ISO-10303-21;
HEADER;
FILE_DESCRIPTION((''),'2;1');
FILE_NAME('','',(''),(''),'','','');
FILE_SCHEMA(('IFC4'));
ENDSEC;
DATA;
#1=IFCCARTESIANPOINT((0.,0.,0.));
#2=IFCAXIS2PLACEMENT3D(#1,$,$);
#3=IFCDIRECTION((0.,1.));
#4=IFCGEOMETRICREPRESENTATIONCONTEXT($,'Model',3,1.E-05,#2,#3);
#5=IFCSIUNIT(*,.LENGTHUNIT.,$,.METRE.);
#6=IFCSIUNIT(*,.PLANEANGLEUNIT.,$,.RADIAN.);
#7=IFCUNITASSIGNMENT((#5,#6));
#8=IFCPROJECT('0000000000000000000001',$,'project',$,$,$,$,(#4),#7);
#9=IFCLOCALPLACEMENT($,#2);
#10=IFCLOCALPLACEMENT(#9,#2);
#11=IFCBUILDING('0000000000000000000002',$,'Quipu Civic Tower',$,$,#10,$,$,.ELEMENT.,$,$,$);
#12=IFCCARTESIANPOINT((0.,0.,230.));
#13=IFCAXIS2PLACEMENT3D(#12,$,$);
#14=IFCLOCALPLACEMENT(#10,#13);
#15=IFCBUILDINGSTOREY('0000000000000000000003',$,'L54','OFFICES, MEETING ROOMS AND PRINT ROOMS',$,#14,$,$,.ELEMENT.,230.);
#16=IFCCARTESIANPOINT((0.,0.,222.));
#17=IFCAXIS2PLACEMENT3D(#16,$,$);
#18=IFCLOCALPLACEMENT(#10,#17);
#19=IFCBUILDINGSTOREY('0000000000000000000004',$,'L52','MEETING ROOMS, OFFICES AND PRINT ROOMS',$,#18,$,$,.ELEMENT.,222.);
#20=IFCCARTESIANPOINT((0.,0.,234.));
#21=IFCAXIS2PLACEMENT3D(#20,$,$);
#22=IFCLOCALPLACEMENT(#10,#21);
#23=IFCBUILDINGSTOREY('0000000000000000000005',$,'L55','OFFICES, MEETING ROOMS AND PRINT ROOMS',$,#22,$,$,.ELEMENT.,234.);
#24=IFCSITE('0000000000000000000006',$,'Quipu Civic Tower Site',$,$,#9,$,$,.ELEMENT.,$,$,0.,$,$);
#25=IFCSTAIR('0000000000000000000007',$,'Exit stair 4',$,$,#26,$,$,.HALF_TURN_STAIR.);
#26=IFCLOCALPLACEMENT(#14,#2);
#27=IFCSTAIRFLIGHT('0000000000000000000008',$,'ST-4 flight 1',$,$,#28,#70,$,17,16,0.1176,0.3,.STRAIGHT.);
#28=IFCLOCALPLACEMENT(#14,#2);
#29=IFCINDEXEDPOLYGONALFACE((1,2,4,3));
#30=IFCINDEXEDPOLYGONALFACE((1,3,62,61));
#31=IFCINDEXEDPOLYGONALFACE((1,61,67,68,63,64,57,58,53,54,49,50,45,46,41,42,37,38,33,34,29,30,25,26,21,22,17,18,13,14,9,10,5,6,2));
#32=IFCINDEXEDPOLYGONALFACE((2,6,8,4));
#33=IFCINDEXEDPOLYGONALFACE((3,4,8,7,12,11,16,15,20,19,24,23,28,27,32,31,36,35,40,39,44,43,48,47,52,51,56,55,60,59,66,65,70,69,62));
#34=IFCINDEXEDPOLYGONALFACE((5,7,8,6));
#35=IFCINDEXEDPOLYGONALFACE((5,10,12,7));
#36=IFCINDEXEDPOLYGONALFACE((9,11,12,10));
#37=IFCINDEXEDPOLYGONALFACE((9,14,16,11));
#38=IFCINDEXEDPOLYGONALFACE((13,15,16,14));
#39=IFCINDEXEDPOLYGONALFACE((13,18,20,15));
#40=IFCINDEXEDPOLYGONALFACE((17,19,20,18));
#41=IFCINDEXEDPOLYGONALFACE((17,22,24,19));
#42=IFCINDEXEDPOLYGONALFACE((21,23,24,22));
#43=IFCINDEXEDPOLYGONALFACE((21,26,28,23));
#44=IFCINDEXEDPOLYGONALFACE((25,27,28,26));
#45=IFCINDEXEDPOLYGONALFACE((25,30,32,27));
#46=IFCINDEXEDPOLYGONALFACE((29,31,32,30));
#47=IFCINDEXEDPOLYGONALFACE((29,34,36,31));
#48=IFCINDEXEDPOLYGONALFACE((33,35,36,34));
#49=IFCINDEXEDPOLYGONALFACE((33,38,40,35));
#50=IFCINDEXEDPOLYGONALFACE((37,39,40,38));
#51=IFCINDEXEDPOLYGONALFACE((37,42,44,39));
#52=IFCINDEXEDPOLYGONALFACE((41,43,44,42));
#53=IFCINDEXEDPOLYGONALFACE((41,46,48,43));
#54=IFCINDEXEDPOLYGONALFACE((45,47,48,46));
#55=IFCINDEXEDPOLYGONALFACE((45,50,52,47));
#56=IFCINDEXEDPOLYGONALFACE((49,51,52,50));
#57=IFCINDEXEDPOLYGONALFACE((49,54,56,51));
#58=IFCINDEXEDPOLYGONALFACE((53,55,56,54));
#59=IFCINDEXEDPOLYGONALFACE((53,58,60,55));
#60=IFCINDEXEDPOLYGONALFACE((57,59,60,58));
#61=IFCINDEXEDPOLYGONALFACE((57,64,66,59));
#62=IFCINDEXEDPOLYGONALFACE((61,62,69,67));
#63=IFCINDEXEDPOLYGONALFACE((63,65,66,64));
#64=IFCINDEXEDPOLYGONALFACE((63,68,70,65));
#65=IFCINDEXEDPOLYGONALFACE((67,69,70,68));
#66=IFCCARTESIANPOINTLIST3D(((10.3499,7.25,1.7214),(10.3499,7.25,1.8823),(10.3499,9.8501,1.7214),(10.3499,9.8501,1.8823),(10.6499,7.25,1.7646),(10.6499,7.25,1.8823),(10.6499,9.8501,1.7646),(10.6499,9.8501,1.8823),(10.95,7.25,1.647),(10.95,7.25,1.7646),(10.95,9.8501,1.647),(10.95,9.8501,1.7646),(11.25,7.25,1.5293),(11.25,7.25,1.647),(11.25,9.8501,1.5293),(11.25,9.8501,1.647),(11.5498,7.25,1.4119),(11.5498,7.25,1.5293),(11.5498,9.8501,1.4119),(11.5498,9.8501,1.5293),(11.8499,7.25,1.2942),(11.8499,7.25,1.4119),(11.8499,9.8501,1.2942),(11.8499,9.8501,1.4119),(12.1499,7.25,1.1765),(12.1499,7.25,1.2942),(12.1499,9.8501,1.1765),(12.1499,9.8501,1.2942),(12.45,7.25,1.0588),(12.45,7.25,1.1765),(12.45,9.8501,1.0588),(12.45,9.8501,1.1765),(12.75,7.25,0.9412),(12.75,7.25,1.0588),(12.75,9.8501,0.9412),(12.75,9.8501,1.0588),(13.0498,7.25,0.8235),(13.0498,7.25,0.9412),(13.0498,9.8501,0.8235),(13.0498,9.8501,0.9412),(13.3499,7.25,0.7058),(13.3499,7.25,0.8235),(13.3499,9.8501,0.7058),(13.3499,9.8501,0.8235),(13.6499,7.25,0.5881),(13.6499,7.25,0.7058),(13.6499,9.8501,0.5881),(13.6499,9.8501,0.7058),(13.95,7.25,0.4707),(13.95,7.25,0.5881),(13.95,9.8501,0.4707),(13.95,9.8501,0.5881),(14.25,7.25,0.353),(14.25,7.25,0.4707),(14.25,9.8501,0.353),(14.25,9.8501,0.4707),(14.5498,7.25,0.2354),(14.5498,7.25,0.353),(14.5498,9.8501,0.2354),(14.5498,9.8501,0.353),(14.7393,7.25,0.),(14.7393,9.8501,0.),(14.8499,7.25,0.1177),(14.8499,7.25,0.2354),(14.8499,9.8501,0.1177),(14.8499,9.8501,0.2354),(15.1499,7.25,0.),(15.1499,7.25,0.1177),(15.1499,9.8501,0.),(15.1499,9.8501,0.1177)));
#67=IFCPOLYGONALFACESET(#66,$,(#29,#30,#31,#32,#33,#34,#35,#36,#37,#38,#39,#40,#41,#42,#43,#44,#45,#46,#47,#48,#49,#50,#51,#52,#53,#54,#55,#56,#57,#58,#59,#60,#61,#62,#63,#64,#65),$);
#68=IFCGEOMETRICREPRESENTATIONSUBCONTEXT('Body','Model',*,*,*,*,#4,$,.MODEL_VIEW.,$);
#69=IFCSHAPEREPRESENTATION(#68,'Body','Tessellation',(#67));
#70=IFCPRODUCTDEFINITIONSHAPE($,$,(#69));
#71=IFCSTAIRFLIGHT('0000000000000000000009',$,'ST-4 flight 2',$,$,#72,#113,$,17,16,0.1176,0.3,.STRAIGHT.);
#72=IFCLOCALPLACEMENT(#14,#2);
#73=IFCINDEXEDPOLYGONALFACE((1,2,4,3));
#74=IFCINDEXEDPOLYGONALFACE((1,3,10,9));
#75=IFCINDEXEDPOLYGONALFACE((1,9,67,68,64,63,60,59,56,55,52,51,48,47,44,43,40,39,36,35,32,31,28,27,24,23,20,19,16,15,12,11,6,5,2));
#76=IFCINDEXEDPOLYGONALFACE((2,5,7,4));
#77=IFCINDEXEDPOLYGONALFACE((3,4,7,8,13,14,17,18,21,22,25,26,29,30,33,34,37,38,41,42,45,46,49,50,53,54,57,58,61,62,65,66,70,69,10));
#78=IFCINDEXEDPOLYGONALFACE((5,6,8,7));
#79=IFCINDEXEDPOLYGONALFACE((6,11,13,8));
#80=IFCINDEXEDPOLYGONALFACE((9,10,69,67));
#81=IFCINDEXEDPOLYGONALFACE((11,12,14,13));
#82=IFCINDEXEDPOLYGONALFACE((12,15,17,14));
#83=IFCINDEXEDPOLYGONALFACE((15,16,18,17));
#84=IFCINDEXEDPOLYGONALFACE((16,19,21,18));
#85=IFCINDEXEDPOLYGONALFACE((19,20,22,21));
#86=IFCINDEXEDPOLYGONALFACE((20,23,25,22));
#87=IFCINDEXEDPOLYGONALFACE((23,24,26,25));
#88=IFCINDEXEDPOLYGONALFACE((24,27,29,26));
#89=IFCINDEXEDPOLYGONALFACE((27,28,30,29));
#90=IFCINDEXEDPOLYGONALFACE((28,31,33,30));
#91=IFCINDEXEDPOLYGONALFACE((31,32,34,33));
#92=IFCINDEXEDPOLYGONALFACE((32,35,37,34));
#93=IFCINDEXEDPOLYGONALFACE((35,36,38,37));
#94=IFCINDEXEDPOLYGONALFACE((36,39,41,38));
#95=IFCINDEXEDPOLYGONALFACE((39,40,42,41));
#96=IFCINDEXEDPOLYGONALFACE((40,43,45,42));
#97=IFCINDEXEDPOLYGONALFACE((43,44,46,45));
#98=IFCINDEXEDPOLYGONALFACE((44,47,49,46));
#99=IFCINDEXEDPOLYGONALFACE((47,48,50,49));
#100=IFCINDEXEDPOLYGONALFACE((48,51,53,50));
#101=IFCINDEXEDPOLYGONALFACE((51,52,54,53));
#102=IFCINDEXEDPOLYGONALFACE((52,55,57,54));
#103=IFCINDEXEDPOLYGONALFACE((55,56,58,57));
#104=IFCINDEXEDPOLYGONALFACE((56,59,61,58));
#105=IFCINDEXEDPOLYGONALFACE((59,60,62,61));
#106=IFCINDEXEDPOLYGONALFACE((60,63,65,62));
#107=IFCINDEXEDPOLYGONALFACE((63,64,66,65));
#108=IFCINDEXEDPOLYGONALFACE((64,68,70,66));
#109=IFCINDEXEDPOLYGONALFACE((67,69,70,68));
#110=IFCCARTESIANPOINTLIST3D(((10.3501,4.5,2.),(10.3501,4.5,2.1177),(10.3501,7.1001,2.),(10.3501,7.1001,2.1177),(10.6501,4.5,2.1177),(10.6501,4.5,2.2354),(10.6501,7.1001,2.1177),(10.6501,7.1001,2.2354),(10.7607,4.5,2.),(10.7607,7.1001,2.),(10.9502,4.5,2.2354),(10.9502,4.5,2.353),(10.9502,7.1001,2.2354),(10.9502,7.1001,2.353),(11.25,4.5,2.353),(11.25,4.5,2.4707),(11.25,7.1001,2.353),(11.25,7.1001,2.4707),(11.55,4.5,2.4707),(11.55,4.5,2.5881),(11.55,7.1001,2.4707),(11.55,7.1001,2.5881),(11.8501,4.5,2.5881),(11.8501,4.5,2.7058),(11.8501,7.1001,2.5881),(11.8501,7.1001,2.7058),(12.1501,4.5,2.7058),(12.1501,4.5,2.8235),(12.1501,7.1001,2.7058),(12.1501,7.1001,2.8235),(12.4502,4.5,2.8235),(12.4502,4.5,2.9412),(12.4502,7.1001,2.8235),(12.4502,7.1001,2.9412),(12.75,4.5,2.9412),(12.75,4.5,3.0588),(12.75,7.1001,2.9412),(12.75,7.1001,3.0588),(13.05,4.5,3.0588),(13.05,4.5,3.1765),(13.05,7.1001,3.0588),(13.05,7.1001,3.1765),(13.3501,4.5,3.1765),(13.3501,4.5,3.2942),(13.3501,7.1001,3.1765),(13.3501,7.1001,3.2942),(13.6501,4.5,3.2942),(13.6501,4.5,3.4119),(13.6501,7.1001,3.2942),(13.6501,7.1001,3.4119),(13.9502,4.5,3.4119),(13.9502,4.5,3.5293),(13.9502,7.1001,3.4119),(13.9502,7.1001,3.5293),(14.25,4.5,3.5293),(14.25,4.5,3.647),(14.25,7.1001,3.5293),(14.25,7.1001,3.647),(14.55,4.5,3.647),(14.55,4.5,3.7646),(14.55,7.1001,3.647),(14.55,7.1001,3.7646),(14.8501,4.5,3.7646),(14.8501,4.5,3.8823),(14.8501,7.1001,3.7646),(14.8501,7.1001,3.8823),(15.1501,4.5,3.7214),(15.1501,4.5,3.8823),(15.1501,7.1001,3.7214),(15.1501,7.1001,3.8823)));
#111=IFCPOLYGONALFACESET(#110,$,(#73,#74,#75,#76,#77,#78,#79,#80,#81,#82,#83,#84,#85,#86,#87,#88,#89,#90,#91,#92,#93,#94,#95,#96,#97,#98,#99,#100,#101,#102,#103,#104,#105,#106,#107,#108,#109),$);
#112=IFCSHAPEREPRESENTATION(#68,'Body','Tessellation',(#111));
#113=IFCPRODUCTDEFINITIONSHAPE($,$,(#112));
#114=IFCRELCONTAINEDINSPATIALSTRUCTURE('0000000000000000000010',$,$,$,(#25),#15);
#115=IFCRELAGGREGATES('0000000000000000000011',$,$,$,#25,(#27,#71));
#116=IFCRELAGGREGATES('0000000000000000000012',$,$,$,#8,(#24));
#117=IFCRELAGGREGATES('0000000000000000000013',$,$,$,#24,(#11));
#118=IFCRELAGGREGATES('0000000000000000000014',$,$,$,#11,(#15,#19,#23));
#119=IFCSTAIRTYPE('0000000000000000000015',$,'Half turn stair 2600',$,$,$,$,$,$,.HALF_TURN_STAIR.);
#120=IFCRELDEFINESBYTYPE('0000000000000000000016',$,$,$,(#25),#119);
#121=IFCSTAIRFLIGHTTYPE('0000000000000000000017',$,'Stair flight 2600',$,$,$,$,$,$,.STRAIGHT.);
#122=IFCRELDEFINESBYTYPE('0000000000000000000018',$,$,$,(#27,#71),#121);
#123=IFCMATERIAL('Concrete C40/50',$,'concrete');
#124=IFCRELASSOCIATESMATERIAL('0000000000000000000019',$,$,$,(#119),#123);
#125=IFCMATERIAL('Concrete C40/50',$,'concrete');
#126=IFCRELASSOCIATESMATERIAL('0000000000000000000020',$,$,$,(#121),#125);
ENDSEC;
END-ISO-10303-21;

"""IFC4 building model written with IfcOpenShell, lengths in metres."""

from ifc_helpers import new_model, si_unit, direction, frame, origin, place, context, subcontext, project, spatial, polyline, outline, extrude, material, type_object, element, aggregate, save


model = new_model("IFC4")

# Units and contexts
model_context = context("Model", 3, precision=1e-05, world=origin(), true_north=direction((0.0, 1.0)))
body_context = subcontext(model_context, "Body", "Model", "MODEL_VIEW")
ifc_project = project(units=[si_unit("LENGTHUNIT", "METRE"), si_unit("PLANEANGLEUNIT", "RADIAN")], contexts=[model_context])

# Site, building, storey
site_placement = place(None, origin())
site = spatial("IfcSite", under=ifc_project, at=site_placement, Name="Quipu Civic Tower Site", CompositionType="ELEMENT", RefElevation=0.0)
building_placement = place(site_placement, origin())
building = spatial("IfcBuilding", under=site, at=building_placement, Name="Quipu Civic Tower", CompositionType="ELEMENT")
storey_1_placement = place(building_placement, frame((0.0, 0.0, 230.0)))
storey_1 = spatial("IfcBuildingStorey", under=building, at=storey_1_placement, Name="L54", Description="OFFICES, MEETING ROOMS AND PRINT ROOMS", CompositionType="ELEMENT", Elevation=230.0)

# Shared definitions
storey_2_placement = place(building_placement, frame((0.0, 0.0, 222.0)))
storey_2 = spatial("IfcBuildingStorey", under=building, at=storey_2_placement, Name="L52", Description="MEETING ROOMS, OFFICES AND PRINT ROOMS", CompositionType="ELEMENT", Elevation=222.0)

# Shared definitions
storey_3_placement = place(building_placement, frame((0.0, 0.0, 234.0)))
storey_3 = spatial("IfcBuildingStorey", under=building, at=storey_3_placement, Name="L55", Description="OFFICES, MEETING ROOMS AND PRINT ROOMS", CompositionType="ELEMENT", Elevation=234.0)

# Stair, stair flights
ifc_material_1 = material(Name="Concrete C40/50", Category="concrete")
stair_type = type_object("IfcStairType", Name="Half turn stair 2600", PredefinedType="HALF_TURN_STAIR", material=ifc_material_1)
stair_placement = place(storey_1_placement, origin())
stair = element("IfcStair", 1, at=stair_placement, inside=storey_1, type_object=stair_type, Name="Exit stair 4", PredefinedType="HALF_TURN_STAIR")
ifc_material_2 = material(Name="Concrete C40/50", Category="concrete")
stair_flight_type = type_object("IfcStairFlightType", Name="Stair flight 2600", PredefinedType="STRAIGHT", material=ifc_material_2)
stair_flight_1_placement = place(storey_1_placement, frame((15.1499, 8.55, 0.0), z_axis=(0.0, 0.0, 1.0), x_axis=(-1.0, 0.0, 0.0)))
stair_flight_1 = element("IfcStairFlight", 2, at=stair_flight_1_placement, type_object=stair_flight_type, Name="ST-4 flight 1", NumberOfRisers=17, NumberOfTreads=16, PredefinedType="STRAIGHT", RiserHeight=0.1176, TreadLength=0.3, context=body_context, shape_type="SweptSolid", body=[
    extrude(outline(polyline([(0.0, 0.0), (0.0, 0.1177), (0.3, 0.1177), (0.3, 0.2354), (0.6001, 0.2354), (0.6001, 0.353), (0.8999, 0.353), (0.8999, 0.4707), (1.2, 0.4707), (1.2, 0.5881), (1.5, 0.5881), (1.5, 0.7058), (1.8, 0.7058), (1.8, 0.8235), (2.1001, 0.8235), (2.1001, 0.9412), (2.3999, 0.9412), (2.3999, 1.0588), (2.7, 1.0588), (2.7, 1.1765), (3.0, 1.1765), (3.0, 1.2942), (3.3, 1.2942), (3.3, 1.4119), (3.6001, 1.4119), (3.6001, 1.5293), (3.8999, 1.5293), (3.8999, 1.647), (4.2, 1.647), (4.2, 1.7646), (4.5, 1.7646), (4.5, 1.8823), (4.8, 1.8823), (4.8, 2.0), (4.8, 1.7214), (0.4106, 0.0), (0.0, 0.0)])), frame((0.0, 1.3, 0.0), z_axis=(0.0, -1.0, 0.0), x_axis=(1.0, 0.0, 0.0)), (0.0, 0.0, 1.0), 2.6001),
])
stair_flight_2_placement = place(storey_1_placement, frame((10.3501, 5.8, 2.0), z_axis=(0.0, 0.0, 1.0), x_axis=(1.0, 0.0, 0.0)))
stair_flight_2 = element("IfcStairFlight", 3, at=stair_flight_2_placement, type_object=stair_flight_type, Name="ST-4 flight 2", NumberOfRisers=17, NumberOfTreads=16, PredefinedType="STRAIGHT", RiserHeight=0.1176, TreadLength=0.3, context=body_context, shape_type="SweptSolid", body=[
    extrude(outline(polyline([(0.0, 0.0), (0.0, 0.1177), (0.3, 0.1177), (0.3, 0.2354), (0.6001, 0.2354), (0.6001, 0.353), (0.8999, 0.353), (0.8999, 0.4707), (1.2, 0.4707), (1.2, 0.5881), (1.5, 0.5881), (1.5, 0.7058), (1.8, 0.7058), (1.8, 0.8235), (2.1001, 0.8235), (2.1001, 0.9412), (2.3999, 0.9412), (2.3999, 1.0588), (2.7, 1.0588), (2.7, 1.1765), (3.0, 1.1765), (3.0, 1.2942), (3.3, 1.2942), (3.3, 1.4119), (3.6001, 1.4119), (3.6001, 1.5293), (3.8999, 1.5293), (3.8999, 1.647), (4.2, 1.647), (4.2, 1.7646), (4.5, 1.7646), (4.5, 1.8823), (4.8, 1.8823), (4.8, 2.0), (4.8, 1.7214), (0.4106, 0.0), (0.0, 0.0)])), frame((0.0, 1.3, 0.0), z_axis=(0.0, -1.0, 0.0), x_axis=(1.0, 0.0, 0.0)), (0.0, 0.0, 1.0), 2.6001),
])
aggregate(stair, [stair_flight_1, stair_flight_2])

save(model, "model.ifc")
